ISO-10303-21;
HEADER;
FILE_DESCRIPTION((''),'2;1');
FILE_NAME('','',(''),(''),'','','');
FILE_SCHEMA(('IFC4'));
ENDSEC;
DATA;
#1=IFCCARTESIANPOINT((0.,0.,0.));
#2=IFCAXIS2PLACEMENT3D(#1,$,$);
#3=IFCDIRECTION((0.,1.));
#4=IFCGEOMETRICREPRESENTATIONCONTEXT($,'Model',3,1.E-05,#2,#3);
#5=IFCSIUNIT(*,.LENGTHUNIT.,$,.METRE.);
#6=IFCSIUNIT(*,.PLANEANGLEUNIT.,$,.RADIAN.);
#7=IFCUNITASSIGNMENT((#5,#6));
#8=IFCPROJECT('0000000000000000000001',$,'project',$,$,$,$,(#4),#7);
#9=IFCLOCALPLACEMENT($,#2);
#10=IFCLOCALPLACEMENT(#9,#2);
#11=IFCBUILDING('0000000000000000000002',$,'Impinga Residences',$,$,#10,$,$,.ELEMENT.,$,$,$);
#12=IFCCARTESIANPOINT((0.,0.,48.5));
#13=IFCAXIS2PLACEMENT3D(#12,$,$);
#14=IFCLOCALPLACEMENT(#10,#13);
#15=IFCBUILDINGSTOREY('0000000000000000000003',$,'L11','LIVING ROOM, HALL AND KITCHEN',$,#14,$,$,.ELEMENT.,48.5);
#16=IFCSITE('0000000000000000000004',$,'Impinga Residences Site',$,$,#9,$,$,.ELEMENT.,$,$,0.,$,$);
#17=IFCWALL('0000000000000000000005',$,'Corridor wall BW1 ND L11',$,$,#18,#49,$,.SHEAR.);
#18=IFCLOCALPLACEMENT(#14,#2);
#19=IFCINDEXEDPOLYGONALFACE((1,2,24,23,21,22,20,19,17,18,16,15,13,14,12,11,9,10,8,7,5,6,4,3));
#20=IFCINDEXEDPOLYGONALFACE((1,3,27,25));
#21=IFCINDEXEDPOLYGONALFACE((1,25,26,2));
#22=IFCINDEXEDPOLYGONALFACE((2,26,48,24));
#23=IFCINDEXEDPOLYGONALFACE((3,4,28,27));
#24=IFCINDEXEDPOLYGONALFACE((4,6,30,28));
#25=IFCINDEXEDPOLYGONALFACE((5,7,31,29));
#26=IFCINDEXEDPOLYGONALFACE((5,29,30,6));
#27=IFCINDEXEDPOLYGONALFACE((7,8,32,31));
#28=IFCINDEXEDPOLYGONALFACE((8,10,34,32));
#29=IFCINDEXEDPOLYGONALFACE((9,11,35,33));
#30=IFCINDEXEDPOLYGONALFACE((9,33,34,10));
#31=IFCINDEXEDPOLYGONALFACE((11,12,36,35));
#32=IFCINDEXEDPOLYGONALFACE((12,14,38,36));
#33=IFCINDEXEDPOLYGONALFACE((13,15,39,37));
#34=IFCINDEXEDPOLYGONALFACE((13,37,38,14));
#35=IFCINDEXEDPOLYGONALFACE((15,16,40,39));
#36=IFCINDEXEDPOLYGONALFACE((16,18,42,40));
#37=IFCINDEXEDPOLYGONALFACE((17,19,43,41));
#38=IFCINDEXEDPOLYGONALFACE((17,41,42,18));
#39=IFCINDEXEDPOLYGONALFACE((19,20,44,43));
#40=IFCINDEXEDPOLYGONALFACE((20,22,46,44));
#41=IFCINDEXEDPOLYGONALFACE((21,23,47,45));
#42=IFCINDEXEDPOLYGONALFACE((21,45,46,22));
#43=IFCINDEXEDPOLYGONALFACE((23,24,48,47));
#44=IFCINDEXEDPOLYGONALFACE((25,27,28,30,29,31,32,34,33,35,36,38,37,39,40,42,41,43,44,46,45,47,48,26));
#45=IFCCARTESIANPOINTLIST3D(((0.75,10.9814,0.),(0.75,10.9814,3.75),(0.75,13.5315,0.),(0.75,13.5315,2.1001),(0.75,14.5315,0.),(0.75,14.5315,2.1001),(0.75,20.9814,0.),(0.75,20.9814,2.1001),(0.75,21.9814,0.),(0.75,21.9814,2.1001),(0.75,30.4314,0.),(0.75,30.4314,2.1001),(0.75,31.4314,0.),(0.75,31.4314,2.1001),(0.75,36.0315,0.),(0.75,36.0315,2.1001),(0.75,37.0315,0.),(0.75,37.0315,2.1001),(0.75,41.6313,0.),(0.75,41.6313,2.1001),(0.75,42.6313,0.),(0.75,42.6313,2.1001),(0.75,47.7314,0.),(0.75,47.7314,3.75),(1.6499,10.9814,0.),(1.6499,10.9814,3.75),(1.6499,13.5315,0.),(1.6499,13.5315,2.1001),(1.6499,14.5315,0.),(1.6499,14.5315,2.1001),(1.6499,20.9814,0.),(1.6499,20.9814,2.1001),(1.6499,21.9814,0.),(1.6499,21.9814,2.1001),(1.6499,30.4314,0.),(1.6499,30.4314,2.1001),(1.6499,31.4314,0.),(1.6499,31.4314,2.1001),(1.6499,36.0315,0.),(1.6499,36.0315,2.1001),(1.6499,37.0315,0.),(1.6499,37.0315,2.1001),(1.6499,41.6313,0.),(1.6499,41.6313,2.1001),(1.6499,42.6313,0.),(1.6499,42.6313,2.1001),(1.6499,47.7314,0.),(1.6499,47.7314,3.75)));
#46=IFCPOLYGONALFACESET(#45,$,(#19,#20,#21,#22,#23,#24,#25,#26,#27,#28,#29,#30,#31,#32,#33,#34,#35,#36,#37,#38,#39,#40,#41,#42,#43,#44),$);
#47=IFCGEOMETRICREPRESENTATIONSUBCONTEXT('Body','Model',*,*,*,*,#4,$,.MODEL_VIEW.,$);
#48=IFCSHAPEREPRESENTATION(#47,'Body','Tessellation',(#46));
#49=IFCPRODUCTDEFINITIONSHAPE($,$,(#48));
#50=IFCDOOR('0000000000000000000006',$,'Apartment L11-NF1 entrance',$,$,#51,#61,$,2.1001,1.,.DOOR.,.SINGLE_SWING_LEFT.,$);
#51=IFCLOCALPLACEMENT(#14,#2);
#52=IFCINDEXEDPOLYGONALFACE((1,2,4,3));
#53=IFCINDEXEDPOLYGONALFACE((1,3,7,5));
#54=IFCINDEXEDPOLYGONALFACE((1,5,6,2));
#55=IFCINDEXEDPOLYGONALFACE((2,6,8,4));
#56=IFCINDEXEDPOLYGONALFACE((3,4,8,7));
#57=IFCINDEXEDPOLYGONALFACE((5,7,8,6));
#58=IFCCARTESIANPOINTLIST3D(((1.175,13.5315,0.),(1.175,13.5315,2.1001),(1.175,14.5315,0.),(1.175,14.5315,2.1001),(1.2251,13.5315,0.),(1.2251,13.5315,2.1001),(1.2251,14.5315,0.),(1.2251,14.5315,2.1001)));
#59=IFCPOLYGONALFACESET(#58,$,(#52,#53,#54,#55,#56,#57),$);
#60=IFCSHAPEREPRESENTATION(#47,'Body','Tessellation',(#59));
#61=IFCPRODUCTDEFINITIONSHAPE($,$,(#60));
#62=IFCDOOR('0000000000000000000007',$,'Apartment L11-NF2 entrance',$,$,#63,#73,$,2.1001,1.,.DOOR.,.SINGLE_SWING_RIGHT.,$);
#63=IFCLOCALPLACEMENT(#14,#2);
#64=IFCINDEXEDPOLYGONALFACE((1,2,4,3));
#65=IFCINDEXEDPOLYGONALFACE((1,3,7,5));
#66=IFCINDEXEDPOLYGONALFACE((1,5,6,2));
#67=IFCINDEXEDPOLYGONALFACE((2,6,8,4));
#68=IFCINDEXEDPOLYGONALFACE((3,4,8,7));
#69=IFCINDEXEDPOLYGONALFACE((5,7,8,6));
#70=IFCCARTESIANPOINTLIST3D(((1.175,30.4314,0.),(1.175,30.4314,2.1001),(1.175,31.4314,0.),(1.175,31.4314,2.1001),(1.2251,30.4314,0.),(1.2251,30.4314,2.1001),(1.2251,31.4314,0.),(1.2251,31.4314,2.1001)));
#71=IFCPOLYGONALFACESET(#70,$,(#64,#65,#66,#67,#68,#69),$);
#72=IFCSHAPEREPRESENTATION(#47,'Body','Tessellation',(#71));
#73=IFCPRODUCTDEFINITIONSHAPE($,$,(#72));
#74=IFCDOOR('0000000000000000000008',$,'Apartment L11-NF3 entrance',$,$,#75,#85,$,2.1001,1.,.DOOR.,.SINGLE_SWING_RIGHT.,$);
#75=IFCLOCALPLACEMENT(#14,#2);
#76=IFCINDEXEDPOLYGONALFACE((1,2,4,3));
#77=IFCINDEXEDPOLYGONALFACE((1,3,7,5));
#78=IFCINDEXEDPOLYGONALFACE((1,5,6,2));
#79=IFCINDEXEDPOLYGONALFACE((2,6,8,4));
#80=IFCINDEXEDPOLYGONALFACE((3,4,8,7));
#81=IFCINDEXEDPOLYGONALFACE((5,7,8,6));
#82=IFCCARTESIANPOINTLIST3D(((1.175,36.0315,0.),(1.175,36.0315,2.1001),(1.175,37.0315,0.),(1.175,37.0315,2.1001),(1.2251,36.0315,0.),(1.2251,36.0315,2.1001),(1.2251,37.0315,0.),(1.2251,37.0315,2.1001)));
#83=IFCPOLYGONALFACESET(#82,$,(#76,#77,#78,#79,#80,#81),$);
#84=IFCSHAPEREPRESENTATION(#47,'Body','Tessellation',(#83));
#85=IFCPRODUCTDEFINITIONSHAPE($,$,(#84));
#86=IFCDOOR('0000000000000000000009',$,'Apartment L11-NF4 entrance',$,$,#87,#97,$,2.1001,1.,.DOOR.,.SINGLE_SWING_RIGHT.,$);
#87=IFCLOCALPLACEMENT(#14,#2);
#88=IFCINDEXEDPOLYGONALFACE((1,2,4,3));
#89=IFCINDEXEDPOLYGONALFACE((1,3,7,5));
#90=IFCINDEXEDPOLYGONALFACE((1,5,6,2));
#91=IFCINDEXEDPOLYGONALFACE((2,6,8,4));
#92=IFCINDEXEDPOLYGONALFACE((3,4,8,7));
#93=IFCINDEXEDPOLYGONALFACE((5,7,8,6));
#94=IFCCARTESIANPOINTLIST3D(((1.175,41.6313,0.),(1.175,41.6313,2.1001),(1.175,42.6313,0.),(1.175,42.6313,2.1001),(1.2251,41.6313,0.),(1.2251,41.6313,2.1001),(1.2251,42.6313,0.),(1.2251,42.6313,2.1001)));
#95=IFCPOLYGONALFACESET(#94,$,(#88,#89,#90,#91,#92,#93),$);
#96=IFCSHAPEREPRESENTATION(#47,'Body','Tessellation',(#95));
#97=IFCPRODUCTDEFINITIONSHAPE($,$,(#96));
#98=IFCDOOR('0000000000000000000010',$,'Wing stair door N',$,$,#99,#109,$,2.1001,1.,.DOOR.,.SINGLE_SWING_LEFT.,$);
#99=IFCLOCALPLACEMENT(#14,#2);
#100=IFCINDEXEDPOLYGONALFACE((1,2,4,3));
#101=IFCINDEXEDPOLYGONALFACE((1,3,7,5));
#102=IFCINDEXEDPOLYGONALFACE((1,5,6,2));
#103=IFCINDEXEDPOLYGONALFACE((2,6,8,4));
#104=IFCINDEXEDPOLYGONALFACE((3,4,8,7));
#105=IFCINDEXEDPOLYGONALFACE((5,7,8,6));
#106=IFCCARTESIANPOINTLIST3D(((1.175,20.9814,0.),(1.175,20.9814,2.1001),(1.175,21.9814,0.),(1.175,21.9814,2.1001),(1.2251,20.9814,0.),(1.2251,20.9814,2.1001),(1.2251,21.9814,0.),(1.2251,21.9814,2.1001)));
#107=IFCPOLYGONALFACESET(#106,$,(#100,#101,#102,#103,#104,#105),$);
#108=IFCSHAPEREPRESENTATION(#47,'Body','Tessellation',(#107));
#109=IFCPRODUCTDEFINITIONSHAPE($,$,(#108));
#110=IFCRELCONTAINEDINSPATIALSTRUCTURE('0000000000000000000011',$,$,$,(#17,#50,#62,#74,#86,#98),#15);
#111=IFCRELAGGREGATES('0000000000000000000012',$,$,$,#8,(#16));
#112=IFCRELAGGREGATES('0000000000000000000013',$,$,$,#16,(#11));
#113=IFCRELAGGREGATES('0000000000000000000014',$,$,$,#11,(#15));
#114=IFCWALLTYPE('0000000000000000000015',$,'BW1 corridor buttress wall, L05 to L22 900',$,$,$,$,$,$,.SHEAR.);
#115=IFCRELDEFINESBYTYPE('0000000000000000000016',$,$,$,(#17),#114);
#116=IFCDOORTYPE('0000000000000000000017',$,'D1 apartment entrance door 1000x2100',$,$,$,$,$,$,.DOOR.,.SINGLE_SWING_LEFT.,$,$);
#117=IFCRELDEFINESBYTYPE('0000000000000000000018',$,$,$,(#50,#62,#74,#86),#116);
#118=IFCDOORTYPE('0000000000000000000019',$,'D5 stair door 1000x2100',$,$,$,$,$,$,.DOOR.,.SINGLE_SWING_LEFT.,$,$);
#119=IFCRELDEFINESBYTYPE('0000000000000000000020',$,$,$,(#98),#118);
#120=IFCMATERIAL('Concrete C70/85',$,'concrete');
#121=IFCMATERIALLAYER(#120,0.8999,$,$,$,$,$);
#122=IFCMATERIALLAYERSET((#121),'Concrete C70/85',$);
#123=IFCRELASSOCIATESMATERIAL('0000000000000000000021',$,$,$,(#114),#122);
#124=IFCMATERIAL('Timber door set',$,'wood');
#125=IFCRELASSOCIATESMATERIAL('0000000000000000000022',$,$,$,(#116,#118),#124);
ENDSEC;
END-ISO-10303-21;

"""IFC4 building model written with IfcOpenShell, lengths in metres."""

from ifc_helpers import new_model, si_unit, direction, frame, frame_2d, origin, place, context, subcontext, project, spatial, rectangle, extrude, material, layer, layer_set, type_object, element, fill, save


model = new_model("IFC4")

# Units and contexts
model_context = context("Model", 3, precision=1e-05, world=origin(), true_north=direction((0.0, 1.0)))
body_context = subcontext(model_context, "Body", "Model", "MODEL_VIEW")
ifc_project = project(units=[si_unit("LENGTHUNIT", "METRE"), si_unit("PLANEANGLEUNIT", "RADIAN")], contexts=[model_context])

# Site, building, storey
site_placement = place(None, origin())
site = spatial("IfcSite", under=ifc_project, at=site_placement, Name="Impinga Residences Site", CompositionType="ELEMENT", RefElevation=0.0)
building_placement = place(site_placement, origin())
building = spatial("IfcBuilding", under=site, at=building_placement, Name="Impinga Residences", CompositionType="ELEMENT")
storey_placement = place(building_placement, frame((0.0, 0.0, 48.5)))
storey = spatial("IfcBuildingStorey", under=building, at=storey_placement, Name="L11", Description="LIVING ROOM, HALL AND KITCHEN", CompositionType="ELEMENT", Elevation=48.5)

# Wall, openings, doors
ifc_material_1 = material(Name="Concrete C70/85", Category="concrete")
ifc_layer_1 = layer(ifc_material_1, 0.8999)
ifc_layer_set_1 = layer_set([ifc_layer_1], Name="Concrete C70/85")
wall_type_1 = type_object("IfcWallType", Name="BW1 corridor buttress wall, L05 to L22 900", PredefinedType="SHEAR", material=ifc_layer_set_1)
wall_1_placement = place(storey_placement, frame((1.2, 10.9814, 0.0), z_axis=(0.0, 0.0, 1.0), x_axis=(0.0, 1.0, 0.0)))
wall_1 = element("IfcWall", 1, at=wall_1_placement, inside=storey, type_object=wall_type_1, Name="Corridor wall BW1 ND L11", PredefinedType="SHEAR", context=body_context, shape_type="SweptSolid", body=[
    extrude(rectangle(XDim=36.75, YDim=0.8999, at=frame_2d((18.375, 0.0))), origin(), (0.0, 0.0, 1.0), 3.75),
])
opening_1_placement = place(wall_1_placement, frame((10.0, 0.0, 0.0)))
opening_1 = element("IfcOpeningElement", 2, at=opening_1_placement, cuts=wall_1, PredefinedType="OPENING", context=body_context, shape_type="SweptSolid", body=[
    extrude(rectangle(XDim=1.0, YDim=2.1001, at=frame_2d((0.5, 1.05))), frame((0.0, 0.46, 0.0), z_axis=(0.0, -1.0, 0.0), x_axis=(1.0, 0.0, 0.0)), (0.0, 0.0, 1.0), 0.9199),
])
opening_2_placement = place(wall_1_placement, frame((2.55, 0.0, 0.0)))
opening_2 = element("IfcOpeningElement", 3, at=opening_2_placement, cuts=wall_1, PredefinedType="OPENING", context=body_context, shape_type="SweptSolid", body=[
    extrude(rectangle(XDim=1.0, YDim=2.1001, at=frame_2d((0.5, 1.05))), frame((0.0, 0.46, 0.0), z_axis=(0.0, -1.0, 0.0), x_axis=(1.0, 0.0, 0.0)), (0.0, 0.0, 1.0), 0.9199),
])
opening_3_placement = place(wall_1_placement, frame((19.45, 0.0, 0.0)))
opening_3 = element("IfcOpeningElement", 4, at=opening_3_placement, cuts=wall_1, PredefinedType="OPENING", context=body_context, shape_type="SweptSolid", body=[
    extrude(rectangle(XDim=1.0, YDim=2.1001, at=frame_2d((0.5, 1.05))), frame((0.0, 0.46, 0.0), z_axis=(0.0, -1.0, 0.0), x_axis=(1.0, 0.0, 0.0)), (0.0, 0.0, 1.0), 0.9199),
])
opening_4_placement = place(wall_1_placement, frame((25.05, 0.0, 0.0)))
opening_4 = element("IfcOpeningElement", 5, at=opening_4_placement, cuts=wall_1, PredefinedType="OPENING", context=body_context, shape_type="SweptSolid", body=[
    extrude(rectangle(XDim=1.0, YDim=2.1001, at=frame_2d((0.5, 1.05))), frame((0.0, 0.46, 0.0), z_axis=(0.0, -1.0, 0.0), x_axis=(1.0, 0.0, 0.0)), (0.0, 0.0, 1.0), 0.9199),
])
opening_5_placement = place(wall_1_placement, frame((30.6499, 0.0, 0.0)))
opening_5 = element("IfcOpeningElement", 6, at=opening_5_placement, cuts=wall_1, PredefinedType="OPENING", context=body_context, shape_type="SweptSolid", body=[
    extrude(rectangle(XDim=1.0, YDim=2.1001, at=frame_2d((0.5, 1.05))), frame((0.0, 0.46, 0.0), z_axis=(0.0, -1.0, 0.0), x_axis=(1.0, 0.0, 0.0)), (0.0, 0.0, 1.0), 0.9199),
])
ifc_material_2 = material(Name="Timber door set", Category="wood")
door_type_1 = type_object("IfcDoorType", Name="D1 apartment entrance door 1000x2100", OperationType="SINGLE_SWING_LEFT", PredefinedType="DOOR", material=ifc_material_2)
door_1_placement = place(opening_2_placement, origin())
door_1 = element("IfcDoor", 7, at=door_1_placement, inside=storey, type_object=door_type_1, Name="Apartment L11-NF1 entrance", OperationType="SINGLE_SWING_LEFT", OverallHeight=2.1001, OverallWidth=1.0, PredefinedType="DOOR", context=body_context, shape_type="SweptSolid", body=[
    extrude(rectangle(XDim=1.0, YDim=2.1001, at=frame_2d((0.5, 1.05))), frame((0.0, 0.0249, 0.0), z_axis=(0.0, -1.0, 0.0), x_axis=(1.0, 0.0, 0.0)), (0.0, 0.0, 1.0), 0.05),
])
fill(opening_2, door_1)
door_2_placement = place(opening_3_placement, origin())
door_2 = element("IfcDoor", 8, at=door_2_placement, inside=storey, type_object=door_type_1, Name="Apartment L11-NF2 entrance", OperationType="SINGLE_SWING_RIGHT", OverallHeight=2.1001, OverallWidth=1.0, PredefinedType="DOOR", context=body_context, shape_type="SweptSolid", body=[
    extrude(rectangle(XDim=1.0, YDim=2.1001, at=frame_2d((0.5, 1.05))), frame((0.0, 0.0249, 0.0), z_axis=(0.0, -1.0, 0.0), x_axis=(1.0, 0.0, 0.0)), (0.0, 0.0, 1.0), 0.05),
])
fill(opening_3, door_2)
door_3_placement = place(opening_4_placement, origin())
door_3 = element("IfcDoor", 9, at=door_3_placement, inside=storey, type_object=door_type_1, Name="Apartment L11-NF3 entrance", OperationType="SINGLE_SWING_RIGHT", OverallHeight=2.1001, OverallWidth=1.0, PredefinedType="DOOR", context=body_context, shape_type="SweptSolid", body=[
    extrude(rectangle(XDim=1.0, YDim=2.1001, at=frame_2d((0.5, 1.05))), frame((0.0, 0.0249, 0.0), z_axis=(0.0, -1.0, 0.0), x_axis=(1.0, 0.0, 0.0)), (0.0, 0.0, 1.0), 0.05),
])
fill(opening_4, door_3)
door_4_placement = place(opening_5_placement, origin())
door_4 = element("IfcDoor", 10, at=door_4_placement, inside=storey, type_object=door_type_1, Name="Apartment L11-NF4 entrance", OperationType="SINGLE_SWING_RIGHT", OverallHeight=2.1001, OverallWidth=1.0, PredefinedType="DOOR", context=body_context, shape_type="SweptSolid", body=[
    extrude(rectangle(XDim=1.0, YDim=2.1001, at=frame_2d((0.5, 1.05))), frame((0.0, 0.0249, 0.0), z_axis=(0.0, -1.0, 0.0), x_axis=(1.0, 0.0, 0.0)), (0.0, 0.0, 1.0), 0.05),
])
fill(opening_5, door_4)
door_type_2 = type_object("IfcDoorType", Name="D5 stair door 1000x2100", OperationType="SINGLE_SWING_LEFT", PredefinedType="DOOR", material=ifc_material_2)
door_5_placement = place(opening_1_placement, origin())
door_5 = element("IfcDoor", 11, at=door_5_placement, inside=storey, type_object=door_type_2, Name="Wing stair door N", OperationType="SINGLE_SWING_LEFT", OverallHeight=2.1001, OverallWidth=1.0, PredefinedType="DOOR", context=body_context, shape_type="SweptSolid", body=[
    extrude(rectangle(XDim=1.0, YDim=2.1001, at=frame_2d((0.5, 1.05))), frame((0.0, 0.0249, 0.0), z_axis=(0.0, -1.0, 0.0), x_axis=(1.0, 0.0, 0.0)), (0.0, 0.0, 1.0), 0.05),
])
fill(opening_1, door_5)

save(model, "model.ifc")
